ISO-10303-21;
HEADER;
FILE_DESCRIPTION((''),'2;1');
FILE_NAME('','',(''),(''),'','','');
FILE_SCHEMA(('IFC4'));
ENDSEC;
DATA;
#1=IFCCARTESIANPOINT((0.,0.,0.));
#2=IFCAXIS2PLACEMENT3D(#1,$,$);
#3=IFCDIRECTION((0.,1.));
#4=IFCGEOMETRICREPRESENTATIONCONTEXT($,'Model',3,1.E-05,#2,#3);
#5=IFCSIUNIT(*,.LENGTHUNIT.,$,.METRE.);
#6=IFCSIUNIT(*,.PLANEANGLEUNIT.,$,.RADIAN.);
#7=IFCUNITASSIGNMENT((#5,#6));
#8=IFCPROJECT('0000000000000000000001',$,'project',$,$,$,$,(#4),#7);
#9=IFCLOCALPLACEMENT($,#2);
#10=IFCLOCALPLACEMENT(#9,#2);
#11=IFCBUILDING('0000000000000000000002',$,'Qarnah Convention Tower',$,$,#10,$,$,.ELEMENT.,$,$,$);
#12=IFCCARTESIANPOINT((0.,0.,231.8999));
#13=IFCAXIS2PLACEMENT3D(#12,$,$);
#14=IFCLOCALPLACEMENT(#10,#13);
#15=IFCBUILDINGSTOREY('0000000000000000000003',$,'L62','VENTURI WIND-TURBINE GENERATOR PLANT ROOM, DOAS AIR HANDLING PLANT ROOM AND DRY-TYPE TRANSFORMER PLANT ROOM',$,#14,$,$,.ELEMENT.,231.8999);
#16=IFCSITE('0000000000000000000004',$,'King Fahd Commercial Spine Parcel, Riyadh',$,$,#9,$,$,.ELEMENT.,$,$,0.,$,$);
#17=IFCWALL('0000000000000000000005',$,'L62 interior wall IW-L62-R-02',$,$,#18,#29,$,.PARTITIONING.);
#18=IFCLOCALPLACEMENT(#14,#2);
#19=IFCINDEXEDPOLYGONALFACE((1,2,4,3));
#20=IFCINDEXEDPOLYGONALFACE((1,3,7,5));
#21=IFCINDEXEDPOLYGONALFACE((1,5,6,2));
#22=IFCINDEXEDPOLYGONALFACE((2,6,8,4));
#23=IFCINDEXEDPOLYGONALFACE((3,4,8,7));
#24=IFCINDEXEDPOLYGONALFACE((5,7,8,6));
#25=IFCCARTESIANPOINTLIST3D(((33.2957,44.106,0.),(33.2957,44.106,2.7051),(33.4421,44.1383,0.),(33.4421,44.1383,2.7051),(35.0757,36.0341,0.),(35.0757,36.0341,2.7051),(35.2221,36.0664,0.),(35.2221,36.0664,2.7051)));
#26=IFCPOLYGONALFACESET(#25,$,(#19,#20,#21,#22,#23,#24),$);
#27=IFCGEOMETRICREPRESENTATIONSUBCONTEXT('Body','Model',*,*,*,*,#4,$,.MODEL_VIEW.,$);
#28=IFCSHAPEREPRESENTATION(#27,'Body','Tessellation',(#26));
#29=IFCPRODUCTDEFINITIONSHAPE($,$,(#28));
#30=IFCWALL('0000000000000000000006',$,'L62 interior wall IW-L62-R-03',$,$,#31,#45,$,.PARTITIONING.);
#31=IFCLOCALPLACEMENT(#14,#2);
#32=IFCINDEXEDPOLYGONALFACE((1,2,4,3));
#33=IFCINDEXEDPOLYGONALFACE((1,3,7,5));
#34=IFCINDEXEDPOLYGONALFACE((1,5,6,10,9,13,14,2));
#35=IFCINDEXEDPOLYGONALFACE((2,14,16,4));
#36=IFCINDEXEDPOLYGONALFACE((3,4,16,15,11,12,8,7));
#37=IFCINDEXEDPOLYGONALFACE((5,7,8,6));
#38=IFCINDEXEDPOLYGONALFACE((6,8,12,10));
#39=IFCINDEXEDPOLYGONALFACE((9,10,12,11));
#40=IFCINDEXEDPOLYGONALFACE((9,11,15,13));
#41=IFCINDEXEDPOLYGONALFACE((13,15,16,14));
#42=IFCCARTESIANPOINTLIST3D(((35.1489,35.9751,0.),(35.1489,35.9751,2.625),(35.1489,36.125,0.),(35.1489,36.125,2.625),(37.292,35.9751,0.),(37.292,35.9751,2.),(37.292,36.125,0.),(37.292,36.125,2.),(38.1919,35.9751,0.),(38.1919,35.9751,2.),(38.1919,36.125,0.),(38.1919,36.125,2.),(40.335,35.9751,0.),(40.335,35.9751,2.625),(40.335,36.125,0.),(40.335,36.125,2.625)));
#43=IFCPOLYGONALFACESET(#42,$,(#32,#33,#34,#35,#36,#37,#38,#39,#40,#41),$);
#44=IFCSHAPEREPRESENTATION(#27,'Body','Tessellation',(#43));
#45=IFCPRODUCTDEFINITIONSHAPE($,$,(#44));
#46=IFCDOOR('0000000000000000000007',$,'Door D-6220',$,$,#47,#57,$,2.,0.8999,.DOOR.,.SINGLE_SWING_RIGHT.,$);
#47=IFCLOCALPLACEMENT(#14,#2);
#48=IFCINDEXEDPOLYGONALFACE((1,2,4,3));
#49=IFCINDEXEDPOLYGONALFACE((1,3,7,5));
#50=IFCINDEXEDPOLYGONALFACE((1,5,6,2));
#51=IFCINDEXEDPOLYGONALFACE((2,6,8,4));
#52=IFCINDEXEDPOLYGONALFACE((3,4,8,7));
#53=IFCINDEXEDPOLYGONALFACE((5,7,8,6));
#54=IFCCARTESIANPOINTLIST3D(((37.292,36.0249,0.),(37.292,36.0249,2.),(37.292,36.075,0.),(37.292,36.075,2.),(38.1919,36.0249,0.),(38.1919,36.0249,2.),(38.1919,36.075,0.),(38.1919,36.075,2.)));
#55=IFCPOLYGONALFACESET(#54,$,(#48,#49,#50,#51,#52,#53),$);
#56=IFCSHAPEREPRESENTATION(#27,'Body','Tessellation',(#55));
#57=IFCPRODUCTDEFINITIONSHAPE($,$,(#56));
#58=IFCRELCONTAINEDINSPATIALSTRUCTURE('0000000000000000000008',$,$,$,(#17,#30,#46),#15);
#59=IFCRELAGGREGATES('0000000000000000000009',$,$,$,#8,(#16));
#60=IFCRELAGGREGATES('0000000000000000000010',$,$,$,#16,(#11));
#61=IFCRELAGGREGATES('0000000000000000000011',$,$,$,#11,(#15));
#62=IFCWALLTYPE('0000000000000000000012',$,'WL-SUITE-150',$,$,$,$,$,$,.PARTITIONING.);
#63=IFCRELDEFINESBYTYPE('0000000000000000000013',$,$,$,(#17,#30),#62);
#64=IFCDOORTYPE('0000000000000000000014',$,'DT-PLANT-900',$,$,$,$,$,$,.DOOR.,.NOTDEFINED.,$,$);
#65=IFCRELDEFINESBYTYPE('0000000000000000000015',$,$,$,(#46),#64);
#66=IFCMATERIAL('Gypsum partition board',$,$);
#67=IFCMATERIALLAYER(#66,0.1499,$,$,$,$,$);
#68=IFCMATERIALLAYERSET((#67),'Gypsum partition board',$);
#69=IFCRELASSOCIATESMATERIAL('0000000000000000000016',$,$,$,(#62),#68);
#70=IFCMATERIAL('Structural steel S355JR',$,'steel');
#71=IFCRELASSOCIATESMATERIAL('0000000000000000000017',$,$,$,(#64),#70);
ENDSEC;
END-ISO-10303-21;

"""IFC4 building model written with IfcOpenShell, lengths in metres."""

from ifc_helpers import new_model, si_unit, direction, frame, frame_2d, origin, place, context, subcontext, project, spatial, rectangle, extrude, material, layer, layer_set, type_object, element, fill, save


model = new_model("IFC4")

# Units and contexts
model_context = context("Model", 3, precision=1e-05, world=origin(), true_north=direction((0.0, 1.0)))
body_context = subcontext(model_context, "Body", "Model", "MODEL_VIEW")
ifc_project = project(units=[si_unit("LENGTHUNIT", "METRE"), si_unit("PLANEANGLEUNIT", "RADIAN")], contexts=[model_context])

# Site, building, storey
site_placement = place(None, origin())
site = spatial("IfcSite", under=ifc_project, at=site_placement, Name="King Fahd Commercial Spine Parcel, Riyadh", CompositionType="ELEMENT", RefElevation=0.0)
building_placement = place(site_placement, origin())
building = spatial("IfcBuilding", under=site, at=building_placement, Name="Qarnah Convention Tower", CompositionType="ELEMENT")
storey_placement = place(building_placement, frame((0.0, 0.0, 231.8999)))
storey = spatial("IfcBuildingStorey", under=building, at=storey_placement, Name="L62", Description="VENTURI WIND-TURBINE GENERATOR PLANT ROOM, DOAS AIR HANDLING PLANT ROOM AND DRY-TYPE TRANSFORMER PLANT ROOM", CompositionType="ELEMENT", Elevation=231.8999)

# Shared definitions
ifc_material_1 = material(Name="Structural steel S355JR", Category="steel")

# Wall
ifc_material_2 = material(Name="Gypsum partition board")
ifc_layer_1 = layer(ifc_material_2, 0.1499)
ifc_layer_set_1 = layer_set([ifc_layer_1], Name="Gypsum partition board")
wall_type = type_object("IfcWallType", Name="WL-SUITE-150", PredefinedType="PARTITIONING", material=ifc_layer_set_1)
wall_1_placement = place(storey_placement, frame((33.3689, 44.1221, 0.0), z_axis=(0.0, 0.0, 1.0), x_axis=(0.215345, -0.976538, 0.0)))
element("IfcWall", 1, at=wall_1_placement, inside=storey, type_object=wall_type, Name="L62 interior wall IW-L62-R-02", PredefinedType="PARTITIONING", context=body_context, shape_type="SweptSolid", body=[
    extrude(rectangle(XDim=8.2659, YDim=0.1499, at=frame_2d((4.1328, 0.0))), origin(), (0.0, 0.0, 1.0), 2.7051),
])

# Wall, opening, door
wall_2_placement = place(storey_placement, frame((35.1489, 36.05, 0.0), z_axis=(0.0, 0.0, 1.0), x_axis=(1.0, 0.0, 0.0)))
wall_2 = element("IfcWall", 2, at=wall_2_placement, inside=storey, type_object=wall_type, Name="L62 interior wall IW-L62-R-03", PredefinedType="PARTITIONING", context=body_context, shape_type="SweptSolid", body=[
    extrude(rectangle(XDim=5.186, YDim=0.1499, at=frame_2d((2.593, 0.0))), origin(), (0.0, 0.0, 1.0), 2.625),
])
opening_placement = place(wall_2_placement, frame((2.1431, 0.0, 0.0)))
opening = element("IfcOpeningElement", 3, at=opening_placement, cuts=wall_2, PredefinedType="OPENING", context=body_context, shape_type="SweptSolid", body=[
    extrude(rectangle(XDim=0.8999, YDim=2.0, at=frame_2d((0.45, 1.0))), frame((0.0, 0.085, 0.0), z_axis=(0.0, -1.0, 0.0), x_axis=(1.0, 0.0, 0.0)), (0.0, 0.0, 1.0), 0.1699),
])
door_type = type_object("IfcDoorType", Name="DT-PLANT-900", OperationType="NOTDEFINED", PredefinedType="DOOR", material=ifc_material_1)
door_placement = place(opening_placement, origin())
door = element("IfcDoor", 4, at=door_placement, inside=storey, type_object=door_type, Name="Door D-6220", OperationType="SINGLE_SWING_RIGHT", OverallHeight=2.0, OverallWidth=0.8999, PredefinedType="DOOR", context=body_context, shape_type="SweptSolid", body=[
    extrude(rectangle(XDim=0.8999, YDim=2.0, at=frame_2d((0.45, 1.0))), frame((0.0, 0.0249, 0.0), z_axis=(0.0, -1.0, 0.0), x_axis=(1.0, 0.0, 0.0)), (0.0, 0.0, 1.0), 0.05),
])
fill(opening, door)

save(model, "model.ifc")
